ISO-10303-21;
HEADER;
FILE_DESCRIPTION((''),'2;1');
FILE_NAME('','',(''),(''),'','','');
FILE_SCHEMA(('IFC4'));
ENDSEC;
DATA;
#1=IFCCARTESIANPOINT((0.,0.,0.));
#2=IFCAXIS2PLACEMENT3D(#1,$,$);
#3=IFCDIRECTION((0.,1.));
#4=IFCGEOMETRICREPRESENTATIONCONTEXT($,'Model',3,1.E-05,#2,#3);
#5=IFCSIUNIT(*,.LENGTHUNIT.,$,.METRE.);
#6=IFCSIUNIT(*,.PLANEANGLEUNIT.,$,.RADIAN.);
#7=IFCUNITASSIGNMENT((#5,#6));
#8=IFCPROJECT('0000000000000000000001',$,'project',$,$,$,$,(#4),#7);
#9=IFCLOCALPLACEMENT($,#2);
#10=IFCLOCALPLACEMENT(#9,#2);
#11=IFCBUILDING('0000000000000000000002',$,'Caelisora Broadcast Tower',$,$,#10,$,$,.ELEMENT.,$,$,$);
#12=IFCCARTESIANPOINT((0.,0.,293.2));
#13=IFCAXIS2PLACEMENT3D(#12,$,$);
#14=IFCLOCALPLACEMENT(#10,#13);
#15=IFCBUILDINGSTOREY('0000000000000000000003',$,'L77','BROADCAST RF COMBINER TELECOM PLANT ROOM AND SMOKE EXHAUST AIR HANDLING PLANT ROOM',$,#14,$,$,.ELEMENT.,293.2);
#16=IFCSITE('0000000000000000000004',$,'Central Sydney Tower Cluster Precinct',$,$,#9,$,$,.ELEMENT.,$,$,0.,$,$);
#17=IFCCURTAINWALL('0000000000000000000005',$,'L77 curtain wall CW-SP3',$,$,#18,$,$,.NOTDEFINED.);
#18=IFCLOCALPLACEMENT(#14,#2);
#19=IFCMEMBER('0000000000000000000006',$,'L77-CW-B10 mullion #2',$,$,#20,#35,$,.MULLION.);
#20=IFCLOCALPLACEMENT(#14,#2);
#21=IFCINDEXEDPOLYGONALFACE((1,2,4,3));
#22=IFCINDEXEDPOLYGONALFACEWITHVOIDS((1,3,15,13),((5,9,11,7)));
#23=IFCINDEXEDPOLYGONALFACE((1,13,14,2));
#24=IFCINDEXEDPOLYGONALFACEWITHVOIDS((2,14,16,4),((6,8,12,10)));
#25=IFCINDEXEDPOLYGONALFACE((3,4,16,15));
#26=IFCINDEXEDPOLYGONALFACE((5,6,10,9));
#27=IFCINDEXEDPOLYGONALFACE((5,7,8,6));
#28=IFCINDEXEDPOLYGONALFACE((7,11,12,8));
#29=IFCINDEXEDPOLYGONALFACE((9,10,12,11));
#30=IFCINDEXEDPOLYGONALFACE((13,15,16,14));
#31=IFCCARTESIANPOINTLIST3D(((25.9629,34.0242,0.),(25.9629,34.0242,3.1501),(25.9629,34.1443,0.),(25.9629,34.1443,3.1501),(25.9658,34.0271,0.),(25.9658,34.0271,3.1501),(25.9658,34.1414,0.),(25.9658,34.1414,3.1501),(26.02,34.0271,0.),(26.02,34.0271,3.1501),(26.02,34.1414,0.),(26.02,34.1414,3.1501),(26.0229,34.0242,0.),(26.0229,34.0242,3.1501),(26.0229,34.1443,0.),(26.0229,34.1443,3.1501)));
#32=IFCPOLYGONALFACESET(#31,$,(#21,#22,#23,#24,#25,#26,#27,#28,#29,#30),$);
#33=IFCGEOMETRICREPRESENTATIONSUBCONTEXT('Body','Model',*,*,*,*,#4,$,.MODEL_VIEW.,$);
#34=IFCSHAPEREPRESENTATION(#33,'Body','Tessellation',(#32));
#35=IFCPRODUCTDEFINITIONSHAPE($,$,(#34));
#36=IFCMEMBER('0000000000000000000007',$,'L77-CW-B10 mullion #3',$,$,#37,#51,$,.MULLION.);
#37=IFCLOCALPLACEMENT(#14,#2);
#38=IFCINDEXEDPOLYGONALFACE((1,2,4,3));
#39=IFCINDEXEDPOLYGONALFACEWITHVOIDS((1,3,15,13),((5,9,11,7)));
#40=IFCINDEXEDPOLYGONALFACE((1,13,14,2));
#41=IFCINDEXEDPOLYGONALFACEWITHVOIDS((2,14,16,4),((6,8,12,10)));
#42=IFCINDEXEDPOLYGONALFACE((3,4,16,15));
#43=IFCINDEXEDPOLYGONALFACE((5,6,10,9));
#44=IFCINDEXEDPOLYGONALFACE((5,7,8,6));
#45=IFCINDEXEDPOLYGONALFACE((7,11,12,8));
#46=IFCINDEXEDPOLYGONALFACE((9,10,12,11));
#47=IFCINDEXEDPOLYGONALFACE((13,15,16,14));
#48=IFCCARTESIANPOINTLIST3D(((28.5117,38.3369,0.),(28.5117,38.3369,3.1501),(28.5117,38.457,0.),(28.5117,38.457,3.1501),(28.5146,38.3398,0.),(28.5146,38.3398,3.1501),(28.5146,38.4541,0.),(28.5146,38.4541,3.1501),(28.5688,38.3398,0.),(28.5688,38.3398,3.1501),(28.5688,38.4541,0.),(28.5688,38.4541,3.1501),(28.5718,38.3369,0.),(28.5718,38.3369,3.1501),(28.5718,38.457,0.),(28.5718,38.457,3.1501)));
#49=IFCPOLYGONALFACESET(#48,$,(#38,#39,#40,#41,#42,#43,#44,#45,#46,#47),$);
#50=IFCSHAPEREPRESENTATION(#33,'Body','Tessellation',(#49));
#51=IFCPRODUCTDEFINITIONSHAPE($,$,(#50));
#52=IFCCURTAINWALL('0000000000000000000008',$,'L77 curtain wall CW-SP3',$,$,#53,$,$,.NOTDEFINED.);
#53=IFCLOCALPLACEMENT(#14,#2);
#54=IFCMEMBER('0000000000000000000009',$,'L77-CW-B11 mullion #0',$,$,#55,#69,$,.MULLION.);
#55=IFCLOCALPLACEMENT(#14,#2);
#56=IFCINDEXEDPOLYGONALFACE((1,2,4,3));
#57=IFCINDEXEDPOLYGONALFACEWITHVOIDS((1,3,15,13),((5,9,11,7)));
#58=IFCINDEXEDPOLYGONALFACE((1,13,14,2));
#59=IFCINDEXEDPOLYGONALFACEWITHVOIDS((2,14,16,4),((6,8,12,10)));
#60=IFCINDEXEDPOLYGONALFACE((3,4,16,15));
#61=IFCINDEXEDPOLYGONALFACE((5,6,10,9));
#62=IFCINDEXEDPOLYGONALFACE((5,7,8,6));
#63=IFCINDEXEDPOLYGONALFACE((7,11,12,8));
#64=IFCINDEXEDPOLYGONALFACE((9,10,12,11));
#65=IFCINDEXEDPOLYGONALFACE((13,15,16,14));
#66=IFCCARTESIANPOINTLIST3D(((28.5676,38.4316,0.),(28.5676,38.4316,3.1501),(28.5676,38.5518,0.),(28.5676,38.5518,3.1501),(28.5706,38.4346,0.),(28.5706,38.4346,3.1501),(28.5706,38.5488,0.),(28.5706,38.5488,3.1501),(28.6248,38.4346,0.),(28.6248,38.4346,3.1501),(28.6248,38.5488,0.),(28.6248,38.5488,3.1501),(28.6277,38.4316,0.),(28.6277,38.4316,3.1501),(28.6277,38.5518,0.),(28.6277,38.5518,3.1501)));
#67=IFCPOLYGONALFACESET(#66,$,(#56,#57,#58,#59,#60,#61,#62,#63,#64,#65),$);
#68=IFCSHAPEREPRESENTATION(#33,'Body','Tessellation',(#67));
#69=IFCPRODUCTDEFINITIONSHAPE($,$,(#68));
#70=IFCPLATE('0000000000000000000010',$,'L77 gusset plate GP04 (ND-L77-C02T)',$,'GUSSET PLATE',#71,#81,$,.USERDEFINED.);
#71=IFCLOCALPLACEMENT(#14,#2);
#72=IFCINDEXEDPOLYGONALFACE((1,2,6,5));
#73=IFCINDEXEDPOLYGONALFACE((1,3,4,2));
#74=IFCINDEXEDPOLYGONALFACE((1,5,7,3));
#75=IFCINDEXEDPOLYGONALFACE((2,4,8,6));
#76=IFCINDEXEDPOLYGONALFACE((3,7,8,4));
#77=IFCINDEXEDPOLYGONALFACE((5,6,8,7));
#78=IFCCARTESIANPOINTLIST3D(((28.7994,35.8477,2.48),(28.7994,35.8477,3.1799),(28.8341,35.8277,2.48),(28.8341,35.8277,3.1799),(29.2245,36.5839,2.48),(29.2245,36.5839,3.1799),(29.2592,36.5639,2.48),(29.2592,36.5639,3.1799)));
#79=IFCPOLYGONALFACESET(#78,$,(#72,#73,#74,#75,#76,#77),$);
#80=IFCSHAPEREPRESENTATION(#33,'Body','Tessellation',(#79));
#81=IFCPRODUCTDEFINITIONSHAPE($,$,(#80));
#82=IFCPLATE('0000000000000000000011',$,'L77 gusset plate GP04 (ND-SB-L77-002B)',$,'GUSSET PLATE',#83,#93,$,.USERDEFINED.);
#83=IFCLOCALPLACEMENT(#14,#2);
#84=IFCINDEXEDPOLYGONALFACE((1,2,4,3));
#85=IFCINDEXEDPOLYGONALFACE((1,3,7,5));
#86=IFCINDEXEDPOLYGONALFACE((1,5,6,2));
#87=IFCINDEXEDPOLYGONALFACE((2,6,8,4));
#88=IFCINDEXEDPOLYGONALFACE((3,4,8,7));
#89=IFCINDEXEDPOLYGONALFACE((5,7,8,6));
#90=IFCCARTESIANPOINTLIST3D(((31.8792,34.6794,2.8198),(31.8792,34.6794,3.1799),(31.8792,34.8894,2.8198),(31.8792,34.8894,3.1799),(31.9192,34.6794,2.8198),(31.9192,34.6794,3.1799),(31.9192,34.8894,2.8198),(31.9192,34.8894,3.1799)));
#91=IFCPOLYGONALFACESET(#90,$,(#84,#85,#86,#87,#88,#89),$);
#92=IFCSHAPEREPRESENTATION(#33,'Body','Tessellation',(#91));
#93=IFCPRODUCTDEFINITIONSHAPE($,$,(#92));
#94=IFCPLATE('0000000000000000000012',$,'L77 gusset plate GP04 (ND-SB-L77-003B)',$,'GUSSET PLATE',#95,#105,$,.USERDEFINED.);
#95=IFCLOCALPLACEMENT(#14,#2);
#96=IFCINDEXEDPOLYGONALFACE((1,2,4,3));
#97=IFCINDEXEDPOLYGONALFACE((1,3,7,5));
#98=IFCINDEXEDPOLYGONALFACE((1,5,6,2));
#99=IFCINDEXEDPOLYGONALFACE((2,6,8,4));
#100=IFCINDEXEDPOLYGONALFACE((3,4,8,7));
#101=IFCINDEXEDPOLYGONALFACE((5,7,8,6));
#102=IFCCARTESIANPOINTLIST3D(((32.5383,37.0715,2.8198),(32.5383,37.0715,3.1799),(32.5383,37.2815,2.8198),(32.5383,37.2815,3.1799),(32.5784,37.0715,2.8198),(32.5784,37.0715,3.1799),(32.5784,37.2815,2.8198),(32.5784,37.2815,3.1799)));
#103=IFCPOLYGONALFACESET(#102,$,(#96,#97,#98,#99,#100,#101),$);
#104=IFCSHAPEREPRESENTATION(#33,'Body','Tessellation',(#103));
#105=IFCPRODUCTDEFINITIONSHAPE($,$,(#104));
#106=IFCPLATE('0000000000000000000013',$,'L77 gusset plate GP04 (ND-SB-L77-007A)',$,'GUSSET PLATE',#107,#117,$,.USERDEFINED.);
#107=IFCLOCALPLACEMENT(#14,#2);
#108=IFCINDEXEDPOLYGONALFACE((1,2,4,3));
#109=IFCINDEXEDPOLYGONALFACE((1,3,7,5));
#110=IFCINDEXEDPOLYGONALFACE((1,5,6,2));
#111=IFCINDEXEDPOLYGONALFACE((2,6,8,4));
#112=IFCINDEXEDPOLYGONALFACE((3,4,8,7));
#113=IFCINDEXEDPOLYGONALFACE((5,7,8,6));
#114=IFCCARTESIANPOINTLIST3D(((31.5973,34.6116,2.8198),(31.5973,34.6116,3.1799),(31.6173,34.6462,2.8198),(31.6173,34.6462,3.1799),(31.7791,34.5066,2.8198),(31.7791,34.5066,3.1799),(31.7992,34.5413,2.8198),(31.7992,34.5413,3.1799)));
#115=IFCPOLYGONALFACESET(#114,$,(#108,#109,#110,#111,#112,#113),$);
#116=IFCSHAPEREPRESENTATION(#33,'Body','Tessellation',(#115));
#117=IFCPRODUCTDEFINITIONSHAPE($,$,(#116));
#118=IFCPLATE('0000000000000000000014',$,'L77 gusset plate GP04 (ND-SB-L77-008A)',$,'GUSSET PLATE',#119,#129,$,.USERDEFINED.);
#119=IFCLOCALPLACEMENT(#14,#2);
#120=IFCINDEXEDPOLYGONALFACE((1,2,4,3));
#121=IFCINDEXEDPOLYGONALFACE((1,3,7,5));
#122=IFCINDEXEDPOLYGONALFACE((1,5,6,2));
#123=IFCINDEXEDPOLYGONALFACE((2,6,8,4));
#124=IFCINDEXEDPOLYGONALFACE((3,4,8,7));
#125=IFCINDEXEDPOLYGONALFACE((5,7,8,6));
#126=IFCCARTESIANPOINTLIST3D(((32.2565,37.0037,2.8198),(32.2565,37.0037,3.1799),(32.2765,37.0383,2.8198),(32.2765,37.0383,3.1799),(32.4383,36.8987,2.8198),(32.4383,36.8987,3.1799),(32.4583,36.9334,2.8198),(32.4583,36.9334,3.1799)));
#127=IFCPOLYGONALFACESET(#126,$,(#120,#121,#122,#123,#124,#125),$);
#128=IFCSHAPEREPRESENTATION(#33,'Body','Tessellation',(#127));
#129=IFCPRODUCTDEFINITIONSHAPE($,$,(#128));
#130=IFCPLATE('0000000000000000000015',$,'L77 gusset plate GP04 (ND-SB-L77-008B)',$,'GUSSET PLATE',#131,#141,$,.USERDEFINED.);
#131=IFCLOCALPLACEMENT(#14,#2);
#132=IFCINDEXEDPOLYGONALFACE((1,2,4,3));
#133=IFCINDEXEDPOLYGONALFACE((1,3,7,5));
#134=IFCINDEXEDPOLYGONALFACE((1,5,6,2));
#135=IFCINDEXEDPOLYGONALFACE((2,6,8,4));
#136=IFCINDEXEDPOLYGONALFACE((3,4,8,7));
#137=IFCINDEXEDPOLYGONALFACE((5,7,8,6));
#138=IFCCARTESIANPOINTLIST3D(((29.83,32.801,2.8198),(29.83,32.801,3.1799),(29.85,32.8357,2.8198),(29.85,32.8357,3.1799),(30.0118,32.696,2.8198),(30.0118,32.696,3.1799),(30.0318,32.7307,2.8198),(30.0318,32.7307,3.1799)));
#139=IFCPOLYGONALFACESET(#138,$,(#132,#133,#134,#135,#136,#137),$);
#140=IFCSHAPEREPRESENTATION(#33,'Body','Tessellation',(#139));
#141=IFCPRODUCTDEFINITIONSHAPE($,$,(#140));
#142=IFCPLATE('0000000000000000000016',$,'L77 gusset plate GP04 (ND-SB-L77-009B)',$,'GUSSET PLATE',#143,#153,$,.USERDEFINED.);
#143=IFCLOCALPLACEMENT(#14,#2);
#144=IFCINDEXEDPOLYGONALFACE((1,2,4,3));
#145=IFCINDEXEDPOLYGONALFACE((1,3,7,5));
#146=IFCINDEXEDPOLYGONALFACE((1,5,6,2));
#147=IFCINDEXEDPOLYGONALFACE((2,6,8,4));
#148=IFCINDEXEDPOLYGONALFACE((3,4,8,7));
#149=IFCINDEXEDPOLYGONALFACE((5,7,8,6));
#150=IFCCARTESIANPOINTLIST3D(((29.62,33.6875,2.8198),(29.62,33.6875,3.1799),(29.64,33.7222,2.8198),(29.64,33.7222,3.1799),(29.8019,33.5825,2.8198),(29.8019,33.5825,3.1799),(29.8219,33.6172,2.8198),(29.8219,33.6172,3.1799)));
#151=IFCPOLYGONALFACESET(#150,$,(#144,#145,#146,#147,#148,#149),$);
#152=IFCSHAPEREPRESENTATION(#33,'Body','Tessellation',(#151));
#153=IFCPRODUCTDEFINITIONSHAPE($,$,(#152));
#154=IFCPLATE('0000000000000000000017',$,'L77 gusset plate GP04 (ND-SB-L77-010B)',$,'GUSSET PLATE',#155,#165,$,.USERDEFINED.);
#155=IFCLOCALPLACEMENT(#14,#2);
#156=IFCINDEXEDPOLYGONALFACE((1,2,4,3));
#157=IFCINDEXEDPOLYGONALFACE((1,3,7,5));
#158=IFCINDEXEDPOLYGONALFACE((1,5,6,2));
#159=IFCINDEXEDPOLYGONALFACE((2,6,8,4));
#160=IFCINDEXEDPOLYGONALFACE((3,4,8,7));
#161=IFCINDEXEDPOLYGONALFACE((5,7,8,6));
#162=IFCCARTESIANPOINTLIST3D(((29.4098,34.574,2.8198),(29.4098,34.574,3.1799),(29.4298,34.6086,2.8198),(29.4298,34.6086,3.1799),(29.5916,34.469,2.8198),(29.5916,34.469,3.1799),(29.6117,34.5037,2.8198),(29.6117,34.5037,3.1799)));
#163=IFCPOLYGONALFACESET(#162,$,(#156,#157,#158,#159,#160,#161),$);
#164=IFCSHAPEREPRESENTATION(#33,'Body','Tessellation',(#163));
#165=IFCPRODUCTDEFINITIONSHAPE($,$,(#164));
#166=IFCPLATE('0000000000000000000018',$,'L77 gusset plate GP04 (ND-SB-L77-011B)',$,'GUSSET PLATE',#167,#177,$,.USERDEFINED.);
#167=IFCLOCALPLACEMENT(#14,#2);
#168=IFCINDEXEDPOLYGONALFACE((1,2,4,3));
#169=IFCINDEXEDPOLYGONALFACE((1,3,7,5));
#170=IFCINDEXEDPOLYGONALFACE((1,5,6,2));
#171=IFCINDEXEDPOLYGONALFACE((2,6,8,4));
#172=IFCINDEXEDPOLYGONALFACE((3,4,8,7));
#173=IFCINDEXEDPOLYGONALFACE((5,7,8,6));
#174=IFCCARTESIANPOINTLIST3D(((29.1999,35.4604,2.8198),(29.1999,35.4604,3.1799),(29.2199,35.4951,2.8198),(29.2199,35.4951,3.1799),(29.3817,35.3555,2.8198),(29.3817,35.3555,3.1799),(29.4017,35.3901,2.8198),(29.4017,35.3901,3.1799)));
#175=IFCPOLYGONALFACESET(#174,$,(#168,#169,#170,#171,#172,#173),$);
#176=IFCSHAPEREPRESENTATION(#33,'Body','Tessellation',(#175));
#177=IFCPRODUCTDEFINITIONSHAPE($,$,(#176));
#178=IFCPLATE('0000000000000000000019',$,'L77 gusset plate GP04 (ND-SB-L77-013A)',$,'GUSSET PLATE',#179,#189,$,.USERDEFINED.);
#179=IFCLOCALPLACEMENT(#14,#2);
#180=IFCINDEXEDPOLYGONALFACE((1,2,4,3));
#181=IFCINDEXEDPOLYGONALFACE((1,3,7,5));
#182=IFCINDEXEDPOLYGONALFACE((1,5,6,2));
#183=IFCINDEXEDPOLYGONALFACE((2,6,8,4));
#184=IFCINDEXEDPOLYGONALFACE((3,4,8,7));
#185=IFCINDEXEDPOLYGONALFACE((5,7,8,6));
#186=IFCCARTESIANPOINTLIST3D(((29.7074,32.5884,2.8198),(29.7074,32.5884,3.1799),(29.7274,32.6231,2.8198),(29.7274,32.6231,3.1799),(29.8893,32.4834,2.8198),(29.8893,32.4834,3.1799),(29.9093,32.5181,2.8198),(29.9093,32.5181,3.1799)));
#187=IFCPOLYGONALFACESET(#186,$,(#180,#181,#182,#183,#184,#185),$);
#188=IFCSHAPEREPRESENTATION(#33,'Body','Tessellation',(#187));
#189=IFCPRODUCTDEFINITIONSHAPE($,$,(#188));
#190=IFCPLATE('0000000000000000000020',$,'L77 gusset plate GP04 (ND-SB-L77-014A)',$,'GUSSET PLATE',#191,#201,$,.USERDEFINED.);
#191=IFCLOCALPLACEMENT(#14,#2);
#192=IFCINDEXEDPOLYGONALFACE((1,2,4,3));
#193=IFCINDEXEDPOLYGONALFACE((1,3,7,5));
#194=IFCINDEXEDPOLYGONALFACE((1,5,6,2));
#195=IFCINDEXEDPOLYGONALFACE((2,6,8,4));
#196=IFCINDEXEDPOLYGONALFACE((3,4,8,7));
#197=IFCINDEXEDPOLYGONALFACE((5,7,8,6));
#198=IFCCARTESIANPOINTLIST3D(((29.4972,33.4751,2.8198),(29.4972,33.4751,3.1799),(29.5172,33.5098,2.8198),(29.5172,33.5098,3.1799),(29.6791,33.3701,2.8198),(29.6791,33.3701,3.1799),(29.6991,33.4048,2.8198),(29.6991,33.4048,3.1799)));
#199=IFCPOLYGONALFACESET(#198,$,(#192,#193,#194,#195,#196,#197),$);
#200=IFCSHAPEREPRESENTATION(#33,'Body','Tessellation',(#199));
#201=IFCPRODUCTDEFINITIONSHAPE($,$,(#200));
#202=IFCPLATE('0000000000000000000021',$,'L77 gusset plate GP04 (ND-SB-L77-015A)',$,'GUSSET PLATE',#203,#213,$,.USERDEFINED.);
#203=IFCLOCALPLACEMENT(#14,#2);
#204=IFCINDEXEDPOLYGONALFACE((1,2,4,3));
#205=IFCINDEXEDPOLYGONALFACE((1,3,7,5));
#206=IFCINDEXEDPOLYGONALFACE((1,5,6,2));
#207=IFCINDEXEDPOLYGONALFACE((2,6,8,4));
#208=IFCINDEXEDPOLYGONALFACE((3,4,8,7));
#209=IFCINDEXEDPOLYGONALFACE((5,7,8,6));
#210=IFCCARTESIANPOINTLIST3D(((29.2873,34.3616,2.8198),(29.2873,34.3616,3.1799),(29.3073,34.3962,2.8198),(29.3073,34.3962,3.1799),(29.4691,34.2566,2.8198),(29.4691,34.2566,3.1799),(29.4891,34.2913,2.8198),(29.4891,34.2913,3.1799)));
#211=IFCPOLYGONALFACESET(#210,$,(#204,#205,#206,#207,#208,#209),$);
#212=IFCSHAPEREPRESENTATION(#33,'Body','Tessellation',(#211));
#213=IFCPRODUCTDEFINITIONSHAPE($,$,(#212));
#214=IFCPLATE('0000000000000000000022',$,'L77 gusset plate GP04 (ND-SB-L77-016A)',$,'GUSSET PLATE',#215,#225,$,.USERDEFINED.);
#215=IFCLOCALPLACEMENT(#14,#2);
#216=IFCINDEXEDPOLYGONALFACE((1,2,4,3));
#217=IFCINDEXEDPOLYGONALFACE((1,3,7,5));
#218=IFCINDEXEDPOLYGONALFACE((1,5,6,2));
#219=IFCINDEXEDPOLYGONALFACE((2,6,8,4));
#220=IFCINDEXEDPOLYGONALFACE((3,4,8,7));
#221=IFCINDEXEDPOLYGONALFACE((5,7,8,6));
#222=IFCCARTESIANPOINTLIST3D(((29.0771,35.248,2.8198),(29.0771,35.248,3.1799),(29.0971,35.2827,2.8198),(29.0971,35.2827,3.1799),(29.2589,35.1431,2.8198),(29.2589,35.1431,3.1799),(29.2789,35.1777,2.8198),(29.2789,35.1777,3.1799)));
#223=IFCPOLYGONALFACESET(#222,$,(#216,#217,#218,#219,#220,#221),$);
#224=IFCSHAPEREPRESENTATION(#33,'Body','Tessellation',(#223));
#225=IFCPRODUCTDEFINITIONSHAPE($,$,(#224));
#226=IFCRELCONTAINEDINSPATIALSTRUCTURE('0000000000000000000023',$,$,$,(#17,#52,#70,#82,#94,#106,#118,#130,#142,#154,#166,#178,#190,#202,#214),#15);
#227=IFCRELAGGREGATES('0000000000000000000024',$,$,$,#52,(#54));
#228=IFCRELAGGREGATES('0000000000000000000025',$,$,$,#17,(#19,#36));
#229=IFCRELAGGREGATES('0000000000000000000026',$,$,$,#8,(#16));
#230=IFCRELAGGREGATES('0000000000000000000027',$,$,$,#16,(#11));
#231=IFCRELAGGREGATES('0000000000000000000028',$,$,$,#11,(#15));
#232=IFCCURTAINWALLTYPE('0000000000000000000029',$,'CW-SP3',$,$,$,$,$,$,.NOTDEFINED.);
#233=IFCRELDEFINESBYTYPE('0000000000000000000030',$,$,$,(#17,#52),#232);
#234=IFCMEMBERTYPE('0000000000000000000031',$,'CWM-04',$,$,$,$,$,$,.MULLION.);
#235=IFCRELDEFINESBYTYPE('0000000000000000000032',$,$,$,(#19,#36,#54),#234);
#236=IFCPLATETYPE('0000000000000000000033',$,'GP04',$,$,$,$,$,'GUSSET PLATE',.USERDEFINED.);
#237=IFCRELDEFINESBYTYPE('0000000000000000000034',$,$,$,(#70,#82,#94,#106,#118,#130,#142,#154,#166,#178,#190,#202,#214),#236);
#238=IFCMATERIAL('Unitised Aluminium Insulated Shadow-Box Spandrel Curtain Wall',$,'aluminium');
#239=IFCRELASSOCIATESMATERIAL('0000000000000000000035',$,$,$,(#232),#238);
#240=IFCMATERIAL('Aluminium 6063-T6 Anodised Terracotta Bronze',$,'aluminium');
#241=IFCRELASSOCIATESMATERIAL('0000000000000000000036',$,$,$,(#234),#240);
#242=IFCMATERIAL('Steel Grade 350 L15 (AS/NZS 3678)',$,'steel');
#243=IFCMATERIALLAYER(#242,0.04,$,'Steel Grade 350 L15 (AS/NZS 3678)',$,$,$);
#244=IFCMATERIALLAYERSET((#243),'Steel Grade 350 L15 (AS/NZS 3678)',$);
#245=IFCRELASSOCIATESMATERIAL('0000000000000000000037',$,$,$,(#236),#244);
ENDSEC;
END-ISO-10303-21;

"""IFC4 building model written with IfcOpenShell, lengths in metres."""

from ifc_helpers import new_model, si_unit, direction, frame, origin, origin_2d, place, context, subcontext, project, spatial, rectangle, hollow_rectangle, extrude, source, transform, mapped, material, layer, layer_set, material_profile, profile_set, type_object, type_shapes, element, aggregate, save


model = new_model("IFC4")

# Units and contexts
model_context = context("Model", 3, precision=1e-05, world=origin(), true_north=direction((0.0, 1.0)))
body_context = subcontext(model_context, "Body", "Model", "MODEL_VIEW")
ifc_project = project(units=[si_unit("LENGTHUNIT", "METRE"), si_unit("PLANEANGLEUNIT", "RADIAN")], contexts=[model_context])

# Site, building, storey
site_placement = place(None, origin())
site = spatial("IfcSite", under=ifc_project, at=site_placement, Name="Central Sydney Tower Cluster Precinct", CompositionType="ELEMENT", RefElevation=0.0)
building_placement = place(site_placement, origin())
building = spatial("IfcBuilding", under=site, at=building_placement, Name="Caelisora Broadcast Tower", CompositionType="ELEMENT")
storey_placement = place(building_placement, frame((0.0, 0.0, 293.2)))
storey = spatial("IfcBuildingStorey", under=building, at=storey_placement, Name="L77", Description="BROADCAST RF COMBINER TELECOM PLANT ROOM AND SMOKE EXHAUST AIR HANDLING PLANT ROOM", CompositionType="ELEMENT", Elevation=293.2)

# Curtain wall, members
ifc_material_1 = material(Name="Unitised Aluminium Insulated Shadow-Box Spandrel Curtain Wall", Category="aluminium")
curtain_wall_type = type_object("IfcCurtainWallType", Name="CW-SP3", PredefinedType="NOTDEFINED", material=ifc_material_1)
curtain_wall_1_placement = place(storey_placement, origin())
curtain_wall_1 = element("IfcCurtainWall", 1, at=curtain_wall_1_placement, inside=storey, type_object=curtain_wall_type, Name="L77 curtain wall CW-SP3", PredefinedType="NOTDEFINED")
ifc_material_2 = material(Name="Aluminium 6063-T6 Anodised Terracotta Bronze", Category="aluminium")
ifc_material_profile_1 = material_profile(ifc_material_2, hollow_rectangle(XDim=0.0601, YDim=0.1201, WallThickness=0.0029, at=origin_2d()), Name="Aluminium 6063-T6 Anodised Terracotta Bronze")
ifc_profile_set_1 = profile_set([ifc_material_profile_1], Name="Aluminium 6063-T6 Anodised Terracotta Bronze")
member_type_1 = type_object("IfcMemberType", Name="CWM-04", PredefinedType="MULLION", material=ifc_profile_set_1)
shared_shape_1 = source(origin(), body_context, "Body", "SweptSolid", [
    extrude(hollow_rectangle(XDim=0.0601, YDim=0.1201, WallThickness=0.0029, at=origin_2d()), origin(), (0.0, 0.0, 1.0), 3.1501),
])
type_shapes(member_type_1, [shared_shape_1])
member_1_placement = place(storey_placement, frame((25.9929, 34.0842, 0.0), z_axis=(0.0, 0.0, 1.0), x_axis=(1.0, 0.0, 0.0)))
member_1 = element("IfcMember", 2, at=member_1_placement, type_object=member_type_1, Name="L77-CW-B10 mullion #2", PredefinedType="MULLION", context=body_context, shape_type="MappedRepresentation", body=[
    mapped(shared_shape_1, transform((0.0, 0.0, 0.0), scale=1.0)),
])
member_2_placement = place(storey_placement, frame((28.5417, 38.397, 0.0), z_axis=(0.0, 0.0, 1.0), x_axis=(1.0, 0.0, 0.0)))
member_2 = element("IfcMember", 3, at=member_2_placement, type_object=member_type_1, Name="L77-CW-B10 mullion #3", PredefinedType="MULLION", context=body_context, shape_type="MappedRepresentation", body=[
    mapped(shared_shape_1, transform((0.0, 0.0, 0.0), scale=1.0)),
])

# Curtain wall, member
curtain_wall_2_placement = place(storey_placement, origin())
curtain_wall_2 = element("IfcCurtainWall", 4, at=curtain_wall_2_placement, inside=storey, type_object=curtain_wall_type, Name="L77 curtain wall CW-SP3", PredefinedType="NOTDEFINED")
member_3_placement = place(storey_placement, frame((28.5977, 38.4917, 0.0), z_axis=(0.0, 0.0, 1.0), x_axis=(1.0, 0.0, 0.0)))
member_3 = element("IfcMember", 5, at=member_3_placement, type_object=member_type_1, Name="L77-CW-B11 mullion #0", PredefinedType="MULLION", context=body_context, shape_type="MappedRepresentation", body=[
    mapped(shared_shape_1, transform((0.0, 0.0, 0.0), scale=1.0)),
])
aggregate(curtain_wall_2, [member_3])

# Plates
ifc_material_3 = material(Name="Steel Grade 350 L15 (AS/NZS 3678)", Category="steel")
ifc_layer_1 = layer(ifc_material_3, 0.04, Name="Steel Grade 350 L15 (AS/NZS 3678)")
ifc_layer_set_1 = layer_set([ifc_layer_1], Name="Steel Grade 350 L15 (AS/NZS 3678)")
plate_type_1 = type_object("IfcPlateType", Name="GP04", ElementType="GUSSET PLATE", PredefinedType="USERDEFINED", material=ifc_layer_set_1)
shared_shape_2 = source(origin(), body_context, "Body", "SweptSolid", [
    extrude(rectangle(XDim=0.8501, YDim=0.04, at=origin_2d()), origin(), (0.0, 0.0, 1.0), 0.7),
])
plate_1_placement = place(storey_placement, frame((29.0293, 36.2058, 2.48), z_axis=(0.0, 0.0, 1.0), x_axis=(-0.5, -0.866025, 0.0)))
element("IfcPlate", 6, at=plate_1_placement, inside=storey, type_object=plate_type_1, Name="L77 gusset plate GP04 (ND-L77-C02T)", ObjectType="GUSSET PLATE", PredefinedType="USERDEFINED", context=body_context, shape_type="MappedRepresentation", body=[
    mapped(shared_shape_2, transform((0.0, 0.0, 0.0), scale=1.0)),
])
shared_shape_3 = source(origin(), body_context, "Body", "SweptSolid", [
    extrude(rectangle(XDim=0.21, YDim=0.04, at=origin_2d()), origin(), (0.0, 0.0, 1.0), 0.3601),
])
type_shapes(plate_type_1, [shared_shape_2, shared_shape_3])
for number, where, z_axis, x_axis, name in (
    (7, (31.8992, 34.7844, 2.8198), (0.0, 0.0, 1.0), (0.0, -1.0, 0.0), "L77 gusset plate GP04 (ND-SB-L77-002B)"),
    (8, (32.5583, 37.1765, 2.8198), (0.0, 0.0, 1.0), (0.0, -1.0, 0.0), "L77 gusset plate GP04 (ND-SB-L77-003B)"),
    (9, (31.6982, 34.5764, 2.8198), (0.0, 0.0, 1.0), (0.866025, -0.5, 0.0), "L77 gusset plate GP04 (ND-SB-L77-007A)"),
    (10, (32.3574, 36.9685, 2.8198), (0.0, 0.0, 1.0), (0.866025, -0.5, 0.0), "L77 gusset plate GP04 (ND-SB-L77-008A)"),
    (11, (29.9309, 32.7659, 2.8198), (0.0, 0.0, 1.0), (0.866025, -0.5, 0.0), "L77 gusset plate GP04 (ND-SB-L77-008B)"),
    (12, (29.7209, 33.6523, 2.8198), (0.0, 0.0, 1.0), (0.866025, -0.5, 0.0), "L77 gusset plate GP04 (ND-SB-L77-009B)"),
    (13, (29.5107, 34.5388, 2.8198), (0.0, 0.0, 1.0), (0.866025, -0.5, 0.0), "L77 gusset plate GP04 (ND-SB-L77-010B)"),
    (14, (29.3008, 35.4253, 2.8198), (0.0, 0.0, 1.0), (0.866025, -0.5, 0.0), "L77 gusset plate GP04 (ND-SB-L77-011B)"),
    (15, (29.8083, 32.5532, 2.8198), (0.0, 0.0, 1.0), (0.866025, -0.5, 0.0), "L77 gusset plate GP04 (ND-SB-L77-013A)"),
    (16, (29.5981, 33.4399, 2.8198), (0.0, 0.0, 1.0), (0.866025, -0.5, 0.0), "L77 gusset plate GP04 (ND-SB-L77-014A)"),
    (17, (29.3882, 34.3264, 2.8198), (0.0, 0.0, 1.0), (0.866025, -0.5, 0.0), "L77 gusset plate GP04 (ND-SB-L77-015A)"),
    (18, (29.178, 35.2129, 2.8198), (0.0, 0.0, 1.0), (0.866025, -0.5, 0.0), "L77 gusset plate GP04 (ND-SB-L77-016A)"),
):
    element("IfcPlate", number, at=place(storey_placement, frame(where, z_axis=z_axis, x_axis=x_axis)), inside=storey, type_object=plate_type_1, Name=name, ObjectType="GUSSET PLATE", PredefinedType="USERDEFINED", context=body_context, shape_type="MappedRepresentation", body=[
        mapped(shared_shape_3, transform((0.0, 0.0, 0.0), scale=1.0)),
    ])

aggregate(curtain_wall_1, [member_1, member_2])

save(model, "model.ifc")
